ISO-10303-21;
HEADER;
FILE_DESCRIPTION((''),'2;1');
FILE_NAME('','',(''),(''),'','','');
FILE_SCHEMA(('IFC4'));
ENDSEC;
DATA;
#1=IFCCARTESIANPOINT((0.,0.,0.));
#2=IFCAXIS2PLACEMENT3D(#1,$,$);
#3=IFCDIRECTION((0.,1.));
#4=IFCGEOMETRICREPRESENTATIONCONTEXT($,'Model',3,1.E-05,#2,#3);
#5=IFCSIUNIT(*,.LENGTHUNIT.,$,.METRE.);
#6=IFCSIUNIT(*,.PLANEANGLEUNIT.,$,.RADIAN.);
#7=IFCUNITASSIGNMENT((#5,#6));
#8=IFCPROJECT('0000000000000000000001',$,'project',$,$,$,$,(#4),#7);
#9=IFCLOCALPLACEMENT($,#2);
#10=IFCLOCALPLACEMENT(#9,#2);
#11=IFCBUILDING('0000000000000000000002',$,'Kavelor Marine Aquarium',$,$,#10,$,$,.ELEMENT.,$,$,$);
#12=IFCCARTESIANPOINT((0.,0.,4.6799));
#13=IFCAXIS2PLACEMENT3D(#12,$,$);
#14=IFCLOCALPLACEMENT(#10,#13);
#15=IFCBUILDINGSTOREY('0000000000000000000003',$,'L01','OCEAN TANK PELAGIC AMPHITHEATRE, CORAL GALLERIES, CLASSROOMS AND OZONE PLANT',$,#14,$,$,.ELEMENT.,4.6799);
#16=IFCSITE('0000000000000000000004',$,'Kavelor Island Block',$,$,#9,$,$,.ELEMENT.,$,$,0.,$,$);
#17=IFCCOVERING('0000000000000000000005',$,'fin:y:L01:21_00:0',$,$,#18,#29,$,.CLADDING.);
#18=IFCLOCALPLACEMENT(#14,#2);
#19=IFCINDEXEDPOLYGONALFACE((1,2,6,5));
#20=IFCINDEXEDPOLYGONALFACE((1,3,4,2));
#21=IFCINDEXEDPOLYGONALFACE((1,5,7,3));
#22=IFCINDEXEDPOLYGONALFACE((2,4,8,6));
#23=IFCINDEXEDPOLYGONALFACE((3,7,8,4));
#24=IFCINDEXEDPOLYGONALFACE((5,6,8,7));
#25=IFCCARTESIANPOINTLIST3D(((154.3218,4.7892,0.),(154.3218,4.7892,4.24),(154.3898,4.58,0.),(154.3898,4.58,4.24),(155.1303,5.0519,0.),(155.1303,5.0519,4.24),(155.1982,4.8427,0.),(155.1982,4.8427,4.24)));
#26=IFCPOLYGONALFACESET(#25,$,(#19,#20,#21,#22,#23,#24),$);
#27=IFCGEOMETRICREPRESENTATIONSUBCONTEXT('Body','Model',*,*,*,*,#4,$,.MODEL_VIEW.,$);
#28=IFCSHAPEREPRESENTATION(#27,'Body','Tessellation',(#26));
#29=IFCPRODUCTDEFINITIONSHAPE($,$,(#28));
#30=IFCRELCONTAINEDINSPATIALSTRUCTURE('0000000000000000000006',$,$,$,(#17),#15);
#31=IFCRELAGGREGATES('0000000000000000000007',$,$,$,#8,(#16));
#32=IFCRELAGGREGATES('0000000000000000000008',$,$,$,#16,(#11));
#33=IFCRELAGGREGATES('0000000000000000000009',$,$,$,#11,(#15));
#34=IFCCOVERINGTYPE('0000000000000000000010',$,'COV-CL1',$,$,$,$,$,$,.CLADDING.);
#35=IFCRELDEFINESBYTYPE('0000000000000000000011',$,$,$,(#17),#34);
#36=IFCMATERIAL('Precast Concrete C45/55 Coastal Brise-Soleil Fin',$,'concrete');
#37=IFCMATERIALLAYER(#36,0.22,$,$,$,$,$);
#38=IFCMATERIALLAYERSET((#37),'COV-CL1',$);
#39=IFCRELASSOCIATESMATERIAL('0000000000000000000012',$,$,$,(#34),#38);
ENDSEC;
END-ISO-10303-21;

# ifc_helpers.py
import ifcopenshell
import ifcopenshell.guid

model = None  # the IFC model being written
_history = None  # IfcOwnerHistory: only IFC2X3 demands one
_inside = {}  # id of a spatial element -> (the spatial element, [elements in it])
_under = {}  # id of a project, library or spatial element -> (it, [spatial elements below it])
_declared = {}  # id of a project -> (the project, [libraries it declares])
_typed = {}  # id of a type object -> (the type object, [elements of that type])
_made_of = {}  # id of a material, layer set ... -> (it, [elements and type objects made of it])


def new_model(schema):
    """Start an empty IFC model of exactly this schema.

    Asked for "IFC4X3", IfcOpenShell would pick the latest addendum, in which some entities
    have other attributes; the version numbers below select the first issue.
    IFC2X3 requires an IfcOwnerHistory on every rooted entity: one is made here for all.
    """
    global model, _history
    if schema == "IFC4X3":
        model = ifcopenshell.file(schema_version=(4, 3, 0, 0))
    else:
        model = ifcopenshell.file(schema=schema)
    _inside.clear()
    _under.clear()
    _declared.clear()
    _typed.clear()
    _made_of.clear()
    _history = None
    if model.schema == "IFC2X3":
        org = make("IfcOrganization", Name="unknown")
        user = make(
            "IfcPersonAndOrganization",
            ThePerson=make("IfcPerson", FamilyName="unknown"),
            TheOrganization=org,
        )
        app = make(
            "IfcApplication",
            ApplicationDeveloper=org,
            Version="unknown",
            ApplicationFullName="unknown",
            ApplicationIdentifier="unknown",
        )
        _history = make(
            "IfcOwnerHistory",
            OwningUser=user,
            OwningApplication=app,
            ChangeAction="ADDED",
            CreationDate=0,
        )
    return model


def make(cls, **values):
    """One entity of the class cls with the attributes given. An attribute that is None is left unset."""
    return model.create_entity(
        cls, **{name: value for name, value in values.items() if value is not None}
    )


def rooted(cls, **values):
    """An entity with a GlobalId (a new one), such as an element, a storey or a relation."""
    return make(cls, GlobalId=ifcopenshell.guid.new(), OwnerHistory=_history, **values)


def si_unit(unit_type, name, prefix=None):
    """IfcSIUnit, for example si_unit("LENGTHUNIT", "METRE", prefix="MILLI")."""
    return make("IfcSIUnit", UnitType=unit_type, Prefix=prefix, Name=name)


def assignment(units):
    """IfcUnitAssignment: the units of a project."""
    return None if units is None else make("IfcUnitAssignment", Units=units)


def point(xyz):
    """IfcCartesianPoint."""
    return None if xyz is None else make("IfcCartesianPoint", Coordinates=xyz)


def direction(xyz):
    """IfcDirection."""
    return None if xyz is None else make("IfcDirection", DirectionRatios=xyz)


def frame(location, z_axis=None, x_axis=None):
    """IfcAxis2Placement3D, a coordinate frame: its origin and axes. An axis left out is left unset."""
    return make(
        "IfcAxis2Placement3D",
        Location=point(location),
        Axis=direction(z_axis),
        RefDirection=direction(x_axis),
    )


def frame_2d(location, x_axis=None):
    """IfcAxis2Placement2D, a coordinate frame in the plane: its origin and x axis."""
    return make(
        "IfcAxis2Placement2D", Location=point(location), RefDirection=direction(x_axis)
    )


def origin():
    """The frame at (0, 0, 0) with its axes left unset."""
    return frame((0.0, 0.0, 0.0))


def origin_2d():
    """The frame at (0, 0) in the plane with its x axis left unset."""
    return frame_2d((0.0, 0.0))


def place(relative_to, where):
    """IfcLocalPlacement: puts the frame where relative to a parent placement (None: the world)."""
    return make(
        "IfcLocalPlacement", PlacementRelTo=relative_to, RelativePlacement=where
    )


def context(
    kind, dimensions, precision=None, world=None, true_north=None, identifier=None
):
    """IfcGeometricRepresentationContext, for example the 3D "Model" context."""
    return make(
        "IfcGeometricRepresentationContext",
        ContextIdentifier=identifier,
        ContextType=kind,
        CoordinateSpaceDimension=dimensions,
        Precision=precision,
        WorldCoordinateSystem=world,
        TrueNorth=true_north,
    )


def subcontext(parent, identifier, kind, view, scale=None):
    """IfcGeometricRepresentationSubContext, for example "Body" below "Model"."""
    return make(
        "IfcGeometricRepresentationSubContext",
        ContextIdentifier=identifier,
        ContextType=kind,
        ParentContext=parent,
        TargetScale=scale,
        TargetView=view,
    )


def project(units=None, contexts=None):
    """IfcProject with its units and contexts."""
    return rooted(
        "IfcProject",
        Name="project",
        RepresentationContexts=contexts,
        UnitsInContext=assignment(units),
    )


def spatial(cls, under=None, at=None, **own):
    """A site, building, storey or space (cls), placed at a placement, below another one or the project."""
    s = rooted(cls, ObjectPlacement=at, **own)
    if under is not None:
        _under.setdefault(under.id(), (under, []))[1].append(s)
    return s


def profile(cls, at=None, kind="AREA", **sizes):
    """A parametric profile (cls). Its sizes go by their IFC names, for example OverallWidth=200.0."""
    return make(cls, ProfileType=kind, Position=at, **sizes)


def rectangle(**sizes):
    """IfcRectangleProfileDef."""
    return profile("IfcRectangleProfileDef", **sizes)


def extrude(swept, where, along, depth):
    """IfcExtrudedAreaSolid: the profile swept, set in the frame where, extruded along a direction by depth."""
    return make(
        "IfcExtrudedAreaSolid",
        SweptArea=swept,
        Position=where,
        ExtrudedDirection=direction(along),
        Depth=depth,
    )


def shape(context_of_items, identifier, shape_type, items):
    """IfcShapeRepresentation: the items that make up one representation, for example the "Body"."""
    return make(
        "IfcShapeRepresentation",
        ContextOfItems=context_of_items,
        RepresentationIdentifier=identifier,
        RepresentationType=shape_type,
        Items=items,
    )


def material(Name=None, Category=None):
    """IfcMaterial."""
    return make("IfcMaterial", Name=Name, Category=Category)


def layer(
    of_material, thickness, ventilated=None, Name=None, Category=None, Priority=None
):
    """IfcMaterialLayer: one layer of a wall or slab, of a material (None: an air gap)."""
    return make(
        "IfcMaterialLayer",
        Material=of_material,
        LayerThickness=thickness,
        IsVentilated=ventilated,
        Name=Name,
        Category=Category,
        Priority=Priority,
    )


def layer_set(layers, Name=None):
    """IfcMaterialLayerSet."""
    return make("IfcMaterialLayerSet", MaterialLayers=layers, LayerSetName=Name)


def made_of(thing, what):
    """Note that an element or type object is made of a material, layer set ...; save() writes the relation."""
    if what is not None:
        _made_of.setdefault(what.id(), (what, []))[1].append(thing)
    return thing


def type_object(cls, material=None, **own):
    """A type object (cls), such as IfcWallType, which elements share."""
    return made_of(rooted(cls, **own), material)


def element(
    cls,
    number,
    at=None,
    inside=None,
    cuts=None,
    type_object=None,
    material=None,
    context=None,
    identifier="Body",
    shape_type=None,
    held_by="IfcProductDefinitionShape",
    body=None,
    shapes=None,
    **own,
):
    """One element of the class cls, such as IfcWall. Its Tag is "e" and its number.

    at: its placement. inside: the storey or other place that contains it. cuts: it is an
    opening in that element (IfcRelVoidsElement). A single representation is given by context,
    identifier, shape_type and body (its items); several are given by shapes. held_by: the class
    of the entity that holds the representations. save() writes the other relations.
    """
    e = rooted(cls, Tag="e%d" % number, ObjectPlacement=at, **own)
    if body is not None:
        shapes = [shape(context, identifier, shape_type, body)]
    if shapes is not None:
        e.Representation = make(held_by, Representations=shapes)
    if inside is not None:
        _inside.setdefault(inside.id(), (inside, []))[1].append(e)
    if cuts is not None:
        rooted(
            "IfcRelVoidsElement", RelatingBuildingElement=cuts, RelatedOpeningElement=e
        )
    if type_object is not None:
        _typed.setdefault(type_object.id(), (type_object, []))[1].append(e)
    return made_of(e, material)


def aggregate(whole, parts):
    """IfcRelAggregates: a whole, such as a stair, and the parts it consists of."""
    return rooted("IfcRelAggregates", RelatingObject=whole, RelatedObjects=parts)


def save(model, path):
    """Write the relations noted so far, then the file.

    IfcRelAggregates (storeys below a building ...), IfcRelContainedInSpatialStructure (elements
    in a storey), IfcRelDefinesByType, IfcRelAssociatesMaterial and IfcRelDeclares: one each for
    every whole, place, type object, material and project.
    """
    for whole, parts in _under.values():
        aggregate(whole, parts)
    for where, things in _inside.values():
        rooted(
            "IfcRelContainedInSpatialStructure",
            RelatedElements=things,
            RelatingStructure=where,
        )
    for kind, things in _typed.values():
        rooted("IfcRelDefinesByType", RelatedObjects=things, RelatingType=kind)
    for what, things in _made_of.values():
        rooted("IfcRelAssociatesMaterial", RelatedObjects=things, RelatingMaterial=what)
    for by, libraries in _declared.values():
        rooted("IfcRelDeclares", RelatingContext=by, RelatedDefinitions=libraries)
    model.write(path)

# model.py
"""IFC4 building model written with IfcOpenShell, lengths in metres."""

from ifc_helpers import new_model, si_unit, direction, frame, origin, origin_2d, place, context, subcontext, project, spatial, rectangle, extrude, material, layer, layer_set, type_object, element, save


model = new_model("IFC4")

# Units and contexts
model_context = context("Model", 3, precision=1e-05, world=origin(), true_north=direction((0.0, 1.0)))
body_context = subcontext(model_context, "Body", "Model", "MODEL_VIEW")
ifc_project = project(units=[si_unit("LENGTHUNIT", "METRE"), si_unit("PLANEANGLEUNIT", "RADIAN")], contexts=[model_context])

# Site, building, storey
site_placement = place(None, origin())
site = spatial("IfcSite", under=ifc_project, at=site_placement, Name="Kavelor Island Block", CompositionType="ELEMENT", RefElevation=0.0)
building_placement = place(site_placement, origin())
building = spatial("IfcBuilding", under=site, at=building_placement, Name="Kavelor Marine Aquarium", CompositionType="ELEMENT")
storey_placement = place(building_placement, frame((0.0, 0.0, 4.6799)))
storey = spatial("IfcBuildingStorey", under=building, at=storey_placement, Name="L01", Description="OCEAN TANK PELAGIC AMPHITHEATRE, CORAL GALLERIES, CLASSROOMS AND OZONE PLANT", CompositionType="ELEMENT", Elevation=4.6799)

# Covering
ifc_material_1 = material(Name="Precast Concrete C45/55 Coastal Brise-Soleil Fin", Category="concrete")
ifc_layer_1 = layer(ifc_material_1, 0.22)
ifc_layer_set_1 = layer_set([ifc_layer_1], Name="COV-CL1")
covering_type = type_object("IfcCoveringType", Name="COV-CL1", PredefinedType="CLADDING", material=ifc_layer_set_1)
covering_placement = place(storey_placement, frame((154.76, 4.8159, 0.0), z_axis=(0.0, 0.0, 1.0), x_axis=(0.951057, 0.309017, 0.0)))
element("IfcCovering", 1, at=covering_placement, inside=storey, type_object=covering_type, Name="fin:y:L01:21_00:0", PredefinedType="CLADDING", context=body_context, shape_type="SweptSolid", body=[
    extrude(rectangle(XDim=0.8501, YDim=0.22, at=origin_2d()), origin(), (0.0, 0.0, 1.0), 4.24),
])

save(model, "model.ifc")
